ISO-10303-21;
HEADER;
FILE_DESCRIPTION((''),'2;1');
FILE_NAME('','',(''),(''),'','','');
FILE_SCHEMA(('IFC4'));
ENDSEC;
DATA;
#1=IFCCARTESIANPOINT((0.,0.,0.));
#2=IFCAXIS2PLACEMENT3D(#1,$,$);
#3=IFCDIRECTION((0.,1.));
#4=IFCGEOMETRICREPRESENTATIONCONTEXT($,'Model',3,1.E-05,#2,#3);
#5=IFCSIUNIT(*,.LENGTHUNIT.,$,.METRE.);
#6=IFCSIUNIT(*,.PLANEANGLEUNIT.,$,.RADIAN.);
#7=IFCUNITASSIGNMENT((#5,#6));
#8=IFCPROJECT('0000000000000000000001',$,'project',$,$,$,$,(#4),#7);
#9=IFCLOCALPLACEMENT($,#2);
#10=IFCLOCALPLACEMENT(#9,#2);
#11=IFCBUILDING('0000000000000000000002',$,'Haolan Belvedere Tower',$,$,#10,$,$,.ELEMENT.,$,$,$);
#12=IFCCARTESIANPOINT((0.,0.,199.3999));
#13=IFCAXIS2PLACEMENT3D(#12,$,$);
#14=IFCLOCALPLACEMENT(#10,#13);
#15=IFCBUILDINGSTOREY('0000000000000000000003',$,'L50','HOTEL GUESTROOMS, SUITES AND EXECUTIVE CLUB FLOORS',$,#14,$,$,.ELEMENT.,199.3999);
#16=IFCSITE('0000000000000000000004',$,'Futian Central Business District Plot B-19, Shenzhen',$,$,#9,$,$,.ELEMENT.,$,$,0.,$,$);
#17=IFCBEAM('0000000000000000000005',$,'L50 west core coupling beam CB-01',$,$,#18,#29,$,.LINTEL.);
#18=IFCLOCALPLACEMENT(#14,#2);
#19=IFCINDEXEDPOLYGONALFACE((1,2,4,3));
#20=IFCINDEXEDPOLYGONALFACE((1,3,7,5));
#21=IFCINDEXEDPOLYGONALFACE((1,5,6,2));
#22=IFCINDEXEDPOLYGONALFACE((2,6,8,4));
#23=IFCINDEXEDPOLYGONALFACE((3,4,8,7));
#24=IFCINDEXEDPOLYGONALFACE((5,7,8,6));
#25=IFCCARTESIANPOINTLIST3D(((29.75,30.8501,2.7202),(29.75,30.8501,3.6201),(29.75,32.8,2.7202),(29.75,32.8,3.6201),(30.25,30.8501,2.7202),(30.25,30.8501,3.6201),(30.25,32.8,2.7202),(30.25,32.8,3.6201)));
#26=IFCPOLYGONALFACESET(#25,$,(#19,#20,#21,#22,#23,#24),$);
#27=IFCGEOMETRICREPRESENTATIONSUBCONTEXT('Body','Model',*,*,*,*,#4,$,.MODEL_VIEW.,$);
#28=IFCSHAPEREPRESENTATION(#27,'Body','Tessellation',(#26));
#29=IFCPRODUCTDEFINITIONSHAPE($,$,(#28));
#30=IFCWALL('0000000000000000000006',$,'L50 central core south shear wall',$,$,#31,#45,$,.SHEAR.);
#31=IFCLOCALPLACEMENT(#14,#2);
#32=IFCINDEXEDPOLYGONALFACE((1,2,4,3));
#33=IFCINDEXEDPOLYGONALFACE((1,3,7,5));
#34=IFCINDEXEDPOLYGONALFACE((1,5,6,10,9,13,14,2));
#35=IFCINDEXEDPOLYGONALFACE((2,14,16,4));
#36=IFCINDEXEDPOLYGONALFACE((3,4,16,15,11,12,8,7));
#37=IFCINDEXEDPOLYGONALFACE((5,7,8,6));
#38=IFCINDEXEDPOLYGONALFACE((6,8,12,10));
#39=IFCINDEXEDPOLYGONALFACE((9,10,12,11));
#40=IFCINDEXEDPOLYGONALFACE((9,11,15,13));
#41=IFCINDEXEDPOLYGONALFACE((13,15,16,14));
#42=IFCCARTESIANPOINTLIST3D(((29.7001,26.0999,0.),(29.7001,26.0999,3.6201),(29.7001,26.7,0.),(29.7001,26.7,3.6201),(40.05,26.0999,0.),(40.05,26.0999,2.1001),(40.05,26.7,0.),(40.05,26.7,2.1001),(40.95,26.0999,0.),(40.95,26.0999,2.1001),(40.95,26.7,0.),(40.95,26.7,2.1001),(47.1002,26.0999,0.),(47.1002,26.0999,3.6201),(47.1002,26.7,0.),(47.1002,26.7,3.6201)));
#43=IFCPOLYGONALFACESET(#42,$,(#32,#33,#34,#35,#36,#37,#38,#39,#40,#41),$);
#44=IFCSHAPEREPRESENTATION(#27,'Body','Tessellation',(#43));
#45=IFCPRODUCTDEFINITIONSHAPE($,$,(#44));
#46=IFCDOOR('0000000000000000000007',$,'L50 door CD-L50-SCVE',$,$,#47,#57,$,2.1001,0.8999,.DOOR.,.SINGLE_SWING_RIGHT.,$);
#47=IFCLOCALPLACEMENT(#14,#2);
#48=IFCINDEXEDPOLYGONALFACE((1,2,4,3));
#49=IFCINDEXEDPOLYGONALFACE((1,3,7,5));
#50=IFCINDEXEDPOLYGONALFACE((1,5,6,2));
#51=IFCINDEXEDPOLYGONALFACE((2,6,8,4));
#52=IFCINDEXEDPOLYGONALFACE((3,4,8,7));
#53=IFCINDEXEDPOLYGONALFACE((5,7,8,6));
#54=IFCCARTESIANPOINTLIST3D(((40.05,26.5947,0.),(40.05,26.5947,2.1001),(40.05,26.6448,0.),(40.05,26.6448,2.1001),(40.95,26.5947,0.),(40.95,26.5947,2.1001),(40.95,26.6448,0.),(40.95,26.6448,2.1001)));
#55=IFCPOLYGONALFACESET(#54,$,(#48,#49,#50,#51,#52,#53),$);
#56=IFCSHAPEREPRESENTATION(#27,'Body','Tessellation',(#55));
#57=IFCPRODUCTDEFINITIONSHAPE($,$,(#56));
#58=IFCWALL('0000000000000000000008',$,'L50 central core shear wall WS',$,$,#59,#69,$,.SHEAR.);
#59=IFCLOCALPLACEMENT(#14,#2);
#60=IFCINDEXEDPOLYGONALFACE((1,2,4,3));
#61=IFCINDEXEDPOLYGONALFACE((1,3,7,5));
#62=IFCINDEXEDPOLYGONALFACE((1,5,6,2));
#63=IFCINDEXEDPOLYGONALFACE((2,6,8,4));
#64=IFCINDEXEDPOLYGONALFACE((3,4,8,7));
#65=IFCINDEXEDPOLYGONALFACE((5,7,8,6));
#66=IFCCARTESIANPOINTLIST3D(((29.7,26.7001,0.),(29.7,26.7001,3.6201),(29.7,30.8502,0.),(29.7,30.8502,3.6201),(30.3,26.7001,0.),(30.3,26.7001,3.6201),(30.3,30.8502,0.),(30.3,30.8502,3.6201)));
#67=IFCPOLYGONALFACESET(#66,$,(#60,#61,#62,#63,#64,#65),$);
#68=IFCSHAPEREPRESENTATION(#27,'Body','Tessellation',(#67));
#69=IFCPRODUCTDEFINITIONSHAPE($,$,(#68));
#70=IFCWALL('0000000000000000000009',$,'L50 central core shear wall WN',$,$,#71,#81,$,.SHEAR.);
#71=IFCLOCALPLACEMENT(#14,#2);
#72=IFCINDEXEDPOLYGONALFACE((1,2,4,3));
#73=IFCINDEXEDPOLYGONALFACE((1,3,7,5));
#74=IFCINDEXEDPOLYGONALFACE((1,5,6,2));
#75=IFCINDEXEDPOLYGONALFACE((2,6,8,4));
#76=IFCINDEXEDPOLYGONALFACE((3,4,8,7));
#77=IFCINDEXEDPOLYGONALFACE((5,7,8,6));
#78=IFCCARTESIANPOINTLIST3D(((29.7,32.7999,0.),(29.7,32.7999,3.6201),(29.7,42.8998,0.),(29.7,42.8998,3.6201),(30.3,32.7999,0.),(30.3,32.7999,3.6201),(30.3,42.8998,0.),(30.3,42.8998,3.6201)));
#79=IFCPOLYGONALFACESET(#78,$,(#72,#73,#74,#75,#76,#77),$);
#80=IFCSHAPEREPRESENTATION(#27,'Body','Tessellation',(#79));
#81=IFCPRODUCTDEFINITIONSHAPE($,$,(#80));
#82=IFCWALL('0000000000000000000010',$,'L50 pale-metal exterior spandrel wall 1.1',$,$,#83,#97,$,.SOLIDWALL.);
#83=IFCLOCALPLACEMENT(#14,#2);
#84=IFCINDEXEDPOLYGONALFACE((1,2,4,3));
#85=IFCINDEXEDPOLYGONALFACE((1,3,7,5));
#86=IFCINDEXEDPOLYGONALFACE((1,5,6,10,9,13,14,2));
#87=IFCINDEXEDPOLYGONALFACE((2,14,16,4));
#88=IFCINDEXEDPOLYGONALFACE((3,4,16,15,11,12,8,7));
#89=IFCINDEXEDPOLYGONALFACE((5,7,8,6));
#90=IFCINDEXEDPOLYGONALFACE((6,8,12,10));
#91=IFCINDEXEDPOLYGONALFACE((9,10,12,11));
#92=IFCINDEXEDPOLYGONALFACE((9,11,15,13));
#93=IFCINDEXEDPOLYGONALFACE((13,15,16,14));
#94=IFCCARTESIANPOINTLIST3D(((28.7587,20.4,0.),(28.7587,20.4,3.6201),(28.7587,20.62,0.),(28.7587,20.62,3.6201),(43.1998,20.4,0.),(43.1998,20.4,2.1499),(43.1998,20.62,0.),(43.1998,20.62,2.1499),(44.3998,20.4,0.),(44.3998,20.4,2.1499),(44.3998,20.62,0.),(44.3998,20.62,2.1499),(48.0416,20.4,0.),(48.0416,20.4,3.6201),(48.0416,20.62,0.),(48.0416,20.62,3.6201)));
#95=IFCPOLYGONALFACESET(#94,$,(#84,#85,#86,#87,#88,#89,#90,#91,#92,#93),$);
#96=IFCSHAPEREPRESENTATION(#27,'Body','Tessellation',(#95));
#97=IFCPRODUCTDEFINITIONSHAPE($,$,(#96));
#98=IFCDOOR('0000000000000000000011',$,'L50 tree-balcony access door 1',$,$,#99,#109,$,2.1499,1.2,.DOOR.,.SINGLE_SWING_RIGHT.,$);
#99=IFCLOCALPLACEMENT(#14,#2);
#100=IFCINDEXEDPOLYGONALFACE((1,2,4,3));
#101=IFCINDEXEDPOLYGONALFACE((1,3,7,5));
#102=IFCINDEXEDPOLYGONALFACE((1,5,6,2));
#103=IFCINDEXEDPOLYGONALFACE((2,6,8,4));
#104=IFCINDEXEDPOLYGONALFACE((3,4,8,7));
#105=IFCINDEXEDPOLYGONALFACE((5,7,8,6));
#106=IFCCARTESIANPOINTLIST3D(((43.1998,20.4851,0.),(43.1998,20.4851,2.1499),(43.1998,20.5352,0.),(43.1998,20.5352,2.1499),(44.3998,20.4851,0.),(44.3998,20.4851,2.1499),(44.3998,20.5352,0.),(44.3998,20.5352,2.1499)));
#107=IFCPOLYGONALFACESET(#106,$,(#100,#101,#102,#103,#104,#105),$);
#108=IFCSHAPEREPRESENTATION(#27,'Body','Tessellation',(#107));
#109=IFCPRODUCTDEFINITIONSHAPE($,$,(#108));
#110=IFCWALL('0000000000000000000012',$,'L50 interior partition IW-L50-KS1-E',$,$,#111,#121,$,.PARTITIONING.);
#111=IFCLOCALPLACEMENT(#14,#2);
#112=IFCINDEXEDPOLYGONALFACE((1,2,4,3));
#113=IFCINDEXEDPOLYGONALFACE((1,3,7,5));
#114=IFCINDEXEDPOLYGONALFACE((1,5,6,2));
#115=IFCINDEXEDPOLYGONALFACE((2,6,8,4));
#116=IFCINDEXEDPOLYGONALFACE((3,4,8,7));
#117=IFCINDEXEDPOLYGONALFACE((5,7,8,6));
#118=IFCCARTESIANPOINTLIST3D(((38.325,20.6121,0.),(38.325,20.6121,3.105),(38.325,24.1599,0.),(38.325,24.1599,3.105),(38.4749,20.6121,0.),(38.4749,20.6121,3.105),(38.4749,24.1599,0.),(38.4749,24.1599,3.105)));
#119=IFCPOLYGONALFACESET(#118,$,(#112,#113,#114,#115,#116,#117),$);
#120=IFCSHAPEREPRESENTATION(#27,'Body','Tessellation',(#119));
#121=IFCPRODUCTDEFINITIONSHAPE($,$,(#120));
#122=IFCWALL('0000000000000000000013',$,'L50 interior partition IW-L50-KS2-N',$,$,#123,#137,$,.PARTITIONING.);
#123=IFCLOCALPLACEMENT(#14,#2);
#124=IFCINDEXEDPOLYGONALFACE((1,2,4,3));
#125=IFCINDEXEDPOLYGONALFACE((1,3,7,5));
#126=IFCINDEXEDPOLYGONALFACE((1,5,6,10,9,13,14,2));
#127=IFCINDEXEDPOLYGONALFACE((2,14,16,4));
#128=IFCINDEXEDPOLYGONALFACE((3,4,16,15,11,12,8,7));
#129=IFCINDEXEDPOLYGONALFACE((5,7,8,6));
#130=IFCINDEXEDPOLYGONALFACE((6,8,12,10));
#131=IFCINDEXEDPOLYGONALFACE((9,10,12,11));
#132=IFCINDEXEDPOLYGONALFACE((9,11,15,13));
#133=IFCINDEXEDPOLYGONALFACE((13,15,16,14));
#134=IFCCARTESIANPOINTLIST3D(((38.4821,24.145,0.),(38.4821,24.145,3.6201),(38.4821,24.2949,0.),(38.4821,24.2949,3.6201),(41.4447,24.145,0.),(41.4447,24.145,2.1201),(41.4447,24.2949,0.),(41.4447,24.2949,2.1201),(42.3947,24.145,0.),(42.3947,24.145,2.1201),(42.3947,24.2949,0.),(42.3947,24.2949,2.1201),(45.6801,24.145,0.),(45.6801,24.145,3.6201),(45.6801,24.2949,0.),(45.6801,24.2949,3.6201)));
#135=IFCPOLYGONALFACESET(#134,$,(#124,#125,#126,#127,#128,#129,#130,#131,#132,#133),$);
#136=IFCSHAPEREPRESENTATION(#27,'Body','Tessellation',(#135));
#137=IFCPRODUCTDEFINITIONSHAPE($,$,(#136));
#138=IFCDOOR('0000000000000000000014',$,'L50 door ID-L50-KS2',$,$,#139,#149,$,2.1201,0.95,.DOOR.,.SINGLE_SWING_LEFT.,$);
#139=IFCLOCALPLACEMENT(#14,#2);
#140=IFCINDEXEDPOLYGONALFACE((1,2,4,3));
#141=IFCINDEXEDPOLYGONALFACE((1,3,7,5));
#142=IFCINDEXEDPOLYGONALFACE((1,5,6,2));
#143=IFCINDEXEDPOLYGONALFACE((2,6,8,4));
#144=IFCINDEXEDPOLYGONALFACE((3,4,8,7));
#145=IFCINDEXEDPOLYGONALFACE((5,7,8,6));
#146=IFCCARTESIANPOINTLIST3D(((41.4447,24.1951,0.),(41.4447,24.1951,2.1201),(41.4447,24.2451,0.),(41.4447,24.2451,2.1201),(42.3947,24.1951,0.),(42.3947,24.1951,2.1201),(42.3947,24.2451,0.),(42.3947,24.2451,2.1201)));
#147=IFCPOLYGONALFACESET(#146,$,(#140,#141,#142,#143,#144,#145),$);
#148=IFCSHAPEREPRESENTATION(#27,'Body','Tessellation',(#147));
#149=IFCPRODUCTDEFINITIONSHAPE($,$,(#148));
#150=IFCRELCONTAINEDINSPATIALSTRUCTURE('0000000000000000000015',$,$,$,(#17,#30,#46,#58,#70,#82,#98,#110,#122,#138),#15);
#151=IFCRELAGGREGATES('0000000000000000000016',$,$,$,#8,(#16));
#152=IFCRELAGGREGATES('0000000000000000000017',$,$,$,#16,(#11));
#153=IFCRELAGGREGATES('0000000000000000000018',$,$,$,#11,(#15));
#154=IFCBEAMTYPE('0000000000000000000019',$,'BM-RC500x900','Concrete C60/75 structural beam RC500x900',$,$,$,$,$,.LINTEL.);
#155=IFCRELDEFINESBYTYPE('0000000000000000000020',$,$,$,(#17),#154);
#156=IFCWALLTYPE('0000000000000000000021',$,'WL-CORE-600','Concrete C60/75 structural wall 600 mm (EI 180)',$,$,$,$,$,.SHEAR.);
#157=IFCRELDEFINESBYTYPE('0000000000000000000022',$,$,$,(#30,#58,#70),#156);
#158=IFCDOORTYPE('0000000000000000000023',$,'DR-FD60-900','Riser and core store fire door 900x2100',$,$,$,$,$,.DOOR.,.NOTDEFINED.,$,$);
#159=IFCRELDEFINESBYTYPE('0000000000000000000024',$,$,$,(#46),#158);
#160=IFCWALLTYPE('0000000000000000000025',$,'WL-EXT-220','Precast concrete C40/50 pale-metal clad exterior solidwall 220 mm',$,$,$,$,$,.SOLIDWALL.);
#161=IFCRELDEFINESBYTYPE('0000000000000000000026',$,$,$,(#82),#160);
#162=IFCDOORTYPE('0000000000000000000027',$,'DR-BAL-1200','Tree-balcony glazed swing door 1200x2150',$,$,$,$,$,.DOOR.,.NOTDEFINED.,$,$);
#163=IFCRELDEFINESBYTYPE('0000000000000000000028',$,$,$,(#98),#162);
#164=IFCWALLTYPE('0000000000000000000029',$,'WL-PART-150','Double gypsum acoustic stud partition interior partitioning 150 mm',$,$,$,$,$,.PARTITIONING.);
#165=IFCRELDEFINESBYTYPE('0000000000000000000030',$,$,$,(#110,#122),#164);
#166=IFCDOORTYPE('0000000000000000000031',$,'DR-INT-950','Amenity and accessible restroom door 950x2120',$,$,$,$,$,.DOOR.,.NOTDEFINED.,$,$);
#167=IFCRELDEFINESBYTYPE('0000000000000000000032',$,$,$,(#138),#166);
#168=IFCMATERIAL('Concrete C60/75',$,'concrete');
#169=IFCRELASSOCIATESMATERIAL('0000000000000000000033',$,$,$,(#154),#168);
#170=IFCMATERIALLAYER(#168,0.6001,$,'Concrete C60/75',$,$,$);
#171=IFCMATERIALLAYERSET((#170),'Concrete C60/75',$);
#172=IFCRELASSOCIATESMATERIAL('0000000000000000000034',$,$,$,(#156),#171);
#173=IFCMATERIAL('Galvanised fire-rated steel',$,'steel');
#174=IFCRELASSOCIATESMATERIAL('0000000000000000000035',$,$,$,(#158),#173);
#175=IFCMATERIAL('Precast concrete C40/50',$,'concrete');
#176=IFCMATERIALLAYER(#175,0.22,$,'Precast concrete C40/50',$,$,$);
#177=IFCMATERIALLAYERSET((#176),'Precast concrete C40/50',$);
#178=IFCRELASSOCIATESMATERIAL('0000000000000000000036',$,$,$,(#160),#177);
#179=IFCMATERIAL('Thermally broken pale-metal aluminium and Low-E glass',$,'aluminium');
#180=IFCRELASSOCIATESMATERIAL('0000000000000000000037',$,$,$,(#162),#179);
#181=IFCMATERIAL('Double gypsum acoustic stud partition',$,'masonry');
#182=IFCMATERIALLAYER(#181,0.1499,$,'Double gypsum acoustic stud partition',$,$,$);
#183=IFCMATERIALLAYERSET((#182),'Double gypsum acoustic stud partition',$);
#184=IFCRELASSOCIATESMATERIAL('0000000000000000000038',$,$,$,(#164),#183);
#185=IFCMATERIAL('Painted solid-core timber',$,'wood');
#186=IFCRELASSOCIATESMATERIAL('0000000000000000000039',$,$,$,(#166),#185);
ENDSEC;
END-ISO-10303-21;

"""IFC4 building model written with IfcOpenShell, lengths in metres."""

from ifc_helpers import new_model, si_unit, direction, frame, frame_2d, origin, origin_2d, place, context, subcontext, project, spatial, rectangle, extrude, material, layer, layer_set, material_profile, profile_set, type_object, element, fill, save


model = new_model("IFC4")

# Units and contexts
model_context = context("Model", 3, precision=1e-05, world=origin(), true_north=direction((0.0, 1.0)))
body_context = subcontext(model_context, "Body", "Model", "MODEL_VIEW")
ifc_project = project(units=[si_unit("LENGTHUNIT", "METRE"), si_unit("PLANEANGLEUNIT", "RADIAN")], contexts=[model_context])

# Site, building, storey
site_placement = place(None, origin())
site = spatial("IfcSite", under=ifc_project, at=site_placement, Name="Futian Central Business District Plot B-19, Shenzhen", CompositionType="ELEMENT", RefElevation=0.0)
building_placement = place(site_placement, origin())
building = spatial("IfcBuilding", under=site, at=building_placement, Name="Haolan Belvedere Tower", CompositionType="ELEMENT")
storey_placement = place(building_placement, frame((0.0, 0.0, 199.3999)))
storey = spatial("IfcBuildingStorey", under=building, at=storey_placement, Name="L50", Description="HOTEL GUESTROOMS, SUITES AND EXECUTIVE CLUB FLOORS", CompositionType="ELEMENT", Elevation=199.3999)

# Beam
ifc_material_1 = material(Name="Concrete C60/75", Category="concrete")
ifc_material_profile_1 = material_profile(ifc_material_1, rectangle(XDim=0.5, YDim=0.8999, at=origin_2d()), Name="Concrete C60/75")
ifc_profile_set_1 = profile_set([ifc_material_profile_1], Name="Concrete C60/75")
beam_type_1 = type_object("IfcBeamType", Name="BM-RC500x900", Description="Concrete C60/75 structural beam RC500x900", PredefinedType="LINTEL", material=ifc_profile_set_1)
beam_1_placement = place(storey_placement, frame((30.0, 30.8501, 3.1702), z_axis=(0.0, 1.0, 0.0), x_axis=(-1.0, 0.0, 0.0)))
element("IfcBeam", 1, at=beam_1_placement, inside=storey, type_object=beam_type_1, Name="L50 west core coupling beam CB-01", PredefinedType="LINTEL", context=body_context, shape_type="SweptSolid", body=[
    extrude(rectangle(XDim=0.5, YDim=0.8999, at=origin_2d()), origin(), (0.0, 0.0, 1.0), 1.95),
])

# Wall, opening, door
ifc_layer_1 = layer(ifc_material_1, 0.6001, Name="Concrete C60/75")
ifc_layer_set_1 = layer_set([ifc_layer_1], Name="Concrete C60/75")
wall_type_1 = type_object("IfcWallType", Name="WL-CORE-600", Description="Concrete C60/75 structural wall 600 mm (EI 180)", PredefinedType="SHEAR", material=ifc_layer_set_1)
wall_1_placement = place(storey_placement, frame((29.7, 26.3999, 0.0), z_axis=(0.0, 0.0, 1.0), x_axis=(1.0, 0.0, 0.0)))
wall_1 = element("IfcWall", 2, at=wall_1_placement, inside=storey, type_object=wall_type_1, Name="L50 central core south shear wall", PredefinedType="SHEAR", context=body_context, shape_type="SweptSolid", body=[
    extrude(rectangle(XDim=17.4001, YDim=0.6001, at=frame_2d((8.7002, 0.0))), origin(), (0.0, 0.0, 1.0), 3.6201),
])
opening_1_placement = place(wall_1_placement, frame((11.25, 0.0, 0.0), z_axis=(0.0, 0.0, 1.0), x_axis=(-1.0, 0.0, 0.0)))
opening_1 = element("IfcOpeningElement", 3, at=opening_1_placement, cuts=wall_1, PredefinedType="OPENING", context=body_context, shape_type="SweptSolid", body=[
    extrude(rectangle(XDim=0.8999, YDim=2.1001, at=frame_2d((0.45, 1.05))), frame((0.0, 0.3101, 0.0), z_axis=(0.0, -1.0, 0.0), x_axis=(1.0, 0.0, 0.0)), (0.0, 0.0, 1.0), 0.6201),
])
ifc_material_2 = material(Name="Galvanised fire-rated steel", Category="steel")
door_type_1 = type_object("IfcDoorType", Name="DR-FD60-900", Description="Riser and core store fire door 900x2100", OperationType="NOTDEFINED", PredefinedType="DOOR", material=ifc_material_2)
door_1_placement = place(opening_1_placement, origin())
door_1 = element("IfcDoor", 4, at=door_1_placement, inside=storey, type_object=door_type_1, Name="L50 door CD-L50-SCVE", OperationType="SINGLE_SWING_RIGHT", OverallHeight=2.1001, OverallWidth=0.8999, PredefinedType="DOOR", context=body_context, shape_type="SweptSolid", body=[
    extrude(rectangle(XDim=0.8999, YDim=2.1001, at=frame_2d((0.45, 1.05))), frame((0.0, -0.1948, 0.0), z_axis=(0.0, -1.0, 0.0), x_axis=(1.0, 0.0, 0.0)), (0.0, 0.0, 1.0), 0.05),
])
fill(opening_1, door_1)

# Walls
wall_2_placement = place(storey_placement, frame((30.0, 26.7, 0.0), z_axis=(0.0, 0.0, 1.0), x_axis=(0.0, 1.0, 0.0)))
element("IfcWall", 5, at=wall_2_placement, inside=storey, type_object=wall_type_1, Name="L50 central core shear wall WS", PredefinedType="SHEAR", context=body_context, shape_type="SweptSolid", body=[
    extrude(rectangle(XDim=4.1501, YDim=0.6001, at=frame_2d((2.0752, 0.0))), origin(), (0.0, 0.0, 1.0), 3.6201),
])
wall_3_placement = place(storey_placement, frame((30.0, 32.8, 0.0), z_axis=(0.0, 0.0, 1.0), x_axis=(0.0, 1.0, 0.0)))
element("IfcWall", 6, at=wall_3_placement, inside=storey, type_object=wall_type_1, Name="L50 central core shear wall WN", PredefinedType="SHEAR", context=body_context, shape_type="SweptSolid", body=[
    extrude(rectangle(XDim=10.0999, YDim=0.6001, at=frame_2d((5.0498, 0.0))), origin(), (0.0, 0.0, 1.0), 3.6201),
])

# Wall, opening, door
ifc_material_3 = material(Name="Precast concrete C40/50", Category="concrete")
ifc_layer_2 = layer(ifc_material_3, 0.22, Name="Precast concrete C40/50")
ifc_layer_set_2 = layer_set([ifc_layer_2], Name="Precast concrete C40/50")
wall_type_2 = type_object("IfcWallType", Name="WL-EXT-220", Description="Precast concrete C40/50 pale-metal clad exterior solidwall 220 mm", PredefinedType="SOLIDWALL", material=ifc_layer_set_2)
wall_4_placement = place(storey_placement, frame((28.7585, 20.51, 0.0), z_axis=(0.0, 0.0, 1.0), x_axis=(1.0, 0.0, 0.0)))
wall_4 = element("IfcWall", 7, at=wall_4_placement, inside=storey, type_object=wall_type_2, Name="L50 pale-metal exterior spandrel wall 1.1", PredefinedType="SOLIDWALL", context=body_context, shape_type="SweptSolid", body=[
    extrude(rectangle(XDim=19.283, YDim=0.22, at=frame_2d((9.6416, 0.0))), origin(), (0.0, 0.0, 1.0), 3.6201),
])
opening_2_placement = place(wall_4_placement, frame((15.6414, 0.0, 0.0), z_axis=(0.0, 0.0, 1.0), x_axis=(-1.0, 0.0, 0.0)))
opening_2 = element("IfcOpeningElement", 8, at=opening_2_placement, cuts=wall_4, PredefinedType="OPENING", context=body_context, shape_type="SweptSolid", body=[
    extrude(rectangle(XDim=1.2, YDim=2.1499, at=frame_2d((0.6001, 1.075))), frame((0.0, 0.1199, 0.0), z_axis=(0.0, -1.0, 0.0), x_axis=(1.0, 0.0, 0.0)), (0.0, 0.0, 1.0), 0.24),
])
ifc_material_4 = material(Name="Thermally broken pale-metal aluminium and Low-E glass", Category="aluminium")
door_type_2 = type_object("IfcDoorType", Name="DR-BAL-1200", Description="Tree-balcony glazed swing door 1200x2150", OperationType="NOTDEFINED", PredefinedType="DOOR", material=ifc_material_4)
door_2_placement = place(opening_2_placement, origin())
door_2 = element("IfcDoor", 9, at=door_2_placement, inside=storey, type_object=door_type_2, Name="L50 tree-balcony access door 1", OperationType="SINGLE_SWING_RIGHT", OverallHeight=2.1499, OverallWidth=1.2, PredefinedType="DOOR", context=body_context, shape_type="SweptSolid", body=[
    extrude(rectangle(XDim=1.2, YDim=2.1499, at=frame_2d((0.6001, 1.075))), frame((0.0, 0.0249, 0.0), z_axis=(0.0, -1.0, 0.0), x_axis=(1.0, 0.0, 0.0)), (0.0, 0.0, 1.0), 0.05),
])
fill(opening_2, door_2)
ifc_material_5 = material(Name="Double gypsum acoustic stud partition", Category="masonry")
ifc_layer_3 = layer(ifc_material_5, 0.1499, Name="Double gypsum acoustic stud partition")
ifc_layer_set_3 = layer_set([ifc_layer_3], Name="Double gypsum acoustic stud partition")
wall_type_3 = type_object("IfcWallType", Name="WL-PART-150", Description="Double gypsum acoustic stud partition interior partitioning 150 mm", PredefinedType="PARTITIONING", material=ifc_layer_set_3)
ifc_material_6 = material(Name="Painted solid-core timber", Category="wood")
door_type_3 = type_object("IfcDoorType", Name="DR-INT-950", Description="Amenity and accessible restroom door 950x2120", OperationType="NOTDEFINED", PredefinedType="DOOR", material=ifc_material_6)

# Wall
wall_5_placement = place(storey_placement, frame((38.3999, 20.6121, 0.0), z_axis=(0.0, 0.0, 1.0), x_axis=(0.0, 1.0, 0.0)))
element("IfcWall", 10, at=wall_5_placement, inside=storey, type_object=wall_type_3, Name="L50 interior partition IW-L50-KS1-E", PredefinedType="PARTITIONING", context=body_context, shape_type="SweptSolid", body=[
    extrude(rectangle(XDim=3.5479, YDim=0.1499, at=frame_2d((1.7739, 0.0))), origin(), (0.0, 0.0, 1.0), 3.105),
])

# Wall, opening, door
wall_6_placement = place(storey_placement, frame((38.4819, 24.22, 0.0), z_axis=(0.0, 0.0, 1.0), x_axis=(1.0, 0.0, 0.0)))
wall_6 = element("IfcWall", 11, at=wall_6_placement, inside=storey, type_object=wall_type_3, Name="L50 interior partition IW-L50-KS2-N", PredefinedType="PARTITIONING", context=body_context, shape_type="SweptSolid", body=[
    extrude(rectangle(XDim=7.198, YDim=0.1499, at=frame_2d((3.5991, 0.0))), origin(), (0.0, 0.0, 1.0), 3.6201),
])
opening_3_placement = place(wall_6_placement, frame((3.9128, 0.0, 0.0), z_axis=(0.0, 0.0, 1.0), x_axis=(-1.0, 0.0, 0.0)))
opening_3 = element("IfcOpeningElement", 12, at=opening_3_placement, cuts=wall_6, PredefinedType="OPENING", context=body_context, shape_type="SweptSolid", body=[
    extrude(rectangle(XDim=0.95, YDim=2.1201, at=frame_2d((0.4751, 1.0601))), frame((0.0, 0.085, 0.0), z_axis=(0.0, -1.0, 0.0), x_axis=(1.0, 0.0, 0.0)), (0.0, 0.0, 1.0), 0.1699),
])
door_3_placement = place(opening_3_placement, origin())
door_3 = element("IfcDoor", 13, at=door_3_placement, inside=storey, type_object=door_type_3, Name="L50 door ID-L50-KS2", OperationType="SINGLE_SWING_LEFT", OverallHeight=2.1201, OverallWidth=0.95, PredefinedType="DOOR", context=body_context, shape_type="SweptSolid", body=[
    extrude(rectangle(XDim=0.95, YDim=2.1201, at=frame_2d((0.4751, 1.0601))), frame((0.0, 0.0249, 0.0), z_axis=(0.0, -1.0, 0.0), x_axis=(1.0, 0.0, 0.0)), (0.0, 0.0, 1.0), 0.05),
])
fill(opening_3, door_3)

save(model, "model.ifc")
